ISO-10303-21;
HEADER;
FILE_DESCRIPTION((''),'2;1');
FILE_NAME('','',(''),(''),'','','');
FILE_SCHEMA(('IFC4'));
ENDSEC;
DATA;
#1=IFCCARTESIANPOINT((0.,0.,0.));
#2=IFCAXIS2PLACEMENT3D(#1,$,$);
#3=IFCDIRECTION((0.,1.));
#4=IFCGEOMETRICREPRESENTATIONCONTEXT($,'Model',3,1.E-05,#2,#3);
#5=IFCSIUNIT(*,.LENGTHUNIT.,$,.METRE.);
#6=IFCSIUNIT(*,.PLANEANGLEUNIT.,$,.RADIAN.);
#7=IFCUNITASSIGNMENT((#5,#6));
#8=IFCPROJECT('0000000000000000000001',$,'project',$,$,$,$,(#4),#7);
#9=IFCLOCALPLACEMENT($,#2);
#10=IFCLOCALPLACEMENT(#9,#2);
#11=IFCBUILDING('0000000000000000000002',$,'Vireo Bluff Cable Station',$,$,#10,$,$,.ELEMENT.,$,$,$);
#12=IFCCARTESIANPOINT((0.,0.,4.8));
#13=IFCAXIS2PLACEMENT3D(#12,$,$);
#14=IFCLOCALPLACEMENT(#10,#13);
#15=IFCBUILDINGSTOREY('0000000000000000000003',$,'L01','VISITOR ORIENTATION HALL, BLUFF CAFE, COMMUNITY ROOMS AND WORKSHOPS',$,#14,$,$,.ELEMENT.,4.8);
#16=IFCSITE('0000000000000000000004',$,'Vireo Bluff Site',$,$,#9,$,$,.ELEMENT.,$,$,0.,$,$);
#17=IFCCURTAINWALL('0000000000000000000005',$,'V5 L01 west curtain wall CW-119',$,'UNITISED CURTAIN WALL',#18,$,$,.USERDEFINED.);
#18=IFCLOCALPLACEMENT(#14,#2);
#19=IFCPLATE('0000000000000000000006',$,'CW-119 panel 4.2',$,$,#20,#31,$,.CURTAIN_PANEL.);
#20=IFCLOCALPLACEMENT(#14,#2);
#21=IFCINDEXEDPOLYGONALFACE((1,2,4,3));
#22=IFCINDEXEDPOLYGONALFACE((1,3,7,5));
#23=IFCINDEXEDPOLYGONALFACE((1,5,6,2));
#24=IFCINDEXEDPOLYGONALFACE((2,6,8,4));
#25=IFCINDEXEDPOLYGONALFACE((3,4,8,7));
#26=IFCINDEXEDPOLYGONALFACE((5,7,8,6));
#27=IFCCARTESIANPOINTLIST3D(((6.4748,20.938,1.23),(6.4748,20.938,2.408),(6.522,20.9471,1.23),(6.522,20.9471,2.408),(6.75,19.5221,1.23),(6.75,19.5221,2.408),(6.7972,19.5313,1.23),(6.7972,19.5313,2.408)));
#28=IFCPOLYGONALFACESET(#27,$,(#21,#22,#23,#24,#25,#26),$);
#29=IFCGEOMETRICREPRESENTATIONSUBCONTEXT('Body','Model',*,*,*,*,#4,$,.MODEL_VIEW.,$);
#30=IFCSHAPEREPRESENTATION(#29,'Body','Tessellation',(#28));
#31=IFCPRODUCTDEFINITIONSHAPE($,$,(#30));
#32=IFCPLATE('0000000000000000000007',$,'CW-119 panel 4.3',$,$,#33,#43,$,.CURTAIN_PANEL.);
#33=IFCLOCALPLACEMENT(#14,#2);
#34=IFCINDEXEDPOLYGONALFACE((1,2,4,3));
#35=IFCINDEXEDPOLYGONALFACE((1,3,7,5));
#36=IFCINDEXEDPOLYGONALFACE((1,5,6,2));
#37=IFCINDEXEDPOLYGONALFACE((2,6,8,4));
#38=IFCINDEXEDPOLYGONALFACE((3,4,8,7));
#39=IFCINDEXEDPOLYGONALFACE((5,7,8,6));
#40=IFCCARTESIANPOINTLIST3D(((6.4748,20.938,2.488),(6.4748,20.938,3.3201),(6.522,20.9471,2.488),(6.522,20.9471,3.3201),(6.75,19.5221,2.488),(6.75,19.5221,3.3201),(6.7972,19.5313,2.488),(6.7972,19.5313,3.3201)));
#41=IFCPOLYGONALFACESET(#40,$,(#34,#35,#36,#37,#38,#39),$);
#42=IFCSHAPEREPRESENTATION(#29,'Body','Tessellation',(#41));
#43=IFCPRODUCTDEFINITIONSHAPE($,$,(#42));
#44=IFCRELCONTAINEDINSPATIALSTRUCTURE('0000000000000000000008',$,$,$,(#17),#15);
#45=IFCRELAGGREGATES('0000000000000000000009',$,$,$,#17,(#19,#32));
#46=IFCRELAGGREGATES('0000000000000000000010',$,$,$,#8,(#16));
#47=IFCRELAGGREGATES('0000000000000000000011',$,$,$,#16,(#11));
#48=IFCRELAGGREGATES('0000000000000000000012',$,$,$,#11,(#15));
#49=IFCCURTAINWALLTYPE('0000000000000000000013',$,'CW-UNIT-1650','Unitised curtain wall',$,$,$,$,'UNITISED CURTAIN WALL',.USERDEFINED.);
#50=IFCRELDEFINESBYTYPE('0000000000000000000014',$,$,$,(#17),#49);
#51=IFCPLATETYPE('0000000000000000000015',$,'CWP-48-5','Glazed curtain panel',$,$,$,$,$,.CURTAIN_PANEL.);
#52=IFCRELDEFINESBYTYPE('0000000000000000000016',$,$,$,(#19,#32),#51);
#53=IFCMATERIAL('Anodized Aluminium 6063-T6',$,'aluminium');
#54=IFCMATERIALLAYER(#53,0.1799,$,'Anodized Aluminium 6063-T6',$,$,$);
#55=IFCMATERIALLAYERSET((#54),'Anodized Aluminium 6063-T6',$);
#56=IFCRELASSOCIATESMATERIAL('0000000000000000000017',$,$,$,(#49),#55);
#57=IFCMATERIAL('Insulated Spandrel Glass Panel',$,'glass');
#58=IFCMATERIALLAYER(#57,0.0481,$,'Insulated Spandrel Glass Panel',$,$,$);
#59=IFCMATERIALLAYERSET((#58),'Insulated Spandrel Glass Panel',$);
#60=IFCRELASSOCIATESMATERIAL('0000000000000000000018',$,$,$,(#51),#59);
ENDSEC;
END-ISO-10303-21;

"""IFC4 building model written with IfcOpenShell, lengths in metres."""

from ifc_helpers import new_model, si_unit, direction, frame, origin, origin_2d, place, context, subcontext, project, spatial, rectangle, extrude, material, layer, layer_set, type_object, element, aggregate, save


model = new_model("IFC4")

# Units and contexts
model_context = context("Model", 3, precision=1e-05, world=origin(), true_north=direction((0.0, 1.0)))
body_context = subcontext(model_context, "Body", "Model", "MODEL_VIEW")
ifc_project = project(units=[si_unit("LENGTHUNIT", "METRE"), si_unit("PLANEANGLEUNIT", "RADIAN")], contexts=[model_context])

# Site, building, storey
site_placement = place(None, origin())
site = spatial("IfcSite", under=ifc_project, at=site_placement, Name="Vireo Bluff Site", CompositionType="ELEMENT", RefElevation=0.0)
building_placement = place(site_placement, origin())
building = spatial("IfcBuilding", under=site, at=building_placement, Name="Vireo Bluff Cable Station", CompositionType="ELEMENT")
storey_placement = place(building_placement, frame((0.0, 0.0, 4.8)))
storey = spatial("IfcBuildingStorey", under=building, at=storey_placement, Name="L01", Description="VISITOR ORIENTATION HALL, BLUFF CAFE, COMMUNITY ROOMS AND WORKSHOPS", CompositionType="ELEMENT", Elevation=4.8)

# Curtain wall
ifc_material_1 = material(Name="Anodized Aluminium 6063-T6", Category="aluminium")
ifc_layer_1 = layer(ifc_material_1, 0.1799, Name="Anodized Aluminium 6063-T6")
ifc_layer_set_1 = layer_set([ifc_layer_1], Name="Anodized Aluminium 6063-T6")
curtain_wall_type = type_object("IfcCurtainWallType", Name="CW-UNIT-1650", Description="Unitised curtain wall", ElementType="UNITISED CURTAIN WALL", PredefinedType="USERDEFINED", material=ifc_layer_set_1)
curtain_wall_placement = place(storey_placement, origin())
curtain_wall = element("IfcCurtainWall", 1, at=curtain_wall_placement, inside=storey, type_object=curtain_wall_type, Name="V5 L01 west curtain wall CW-119", ObjectType="UNITISED CURTAIN WALL", PredefinedType="USERDEFINED")

# Plates
ifc_material_2 = material(Name="Insulated Spandrel Glass Panel", Category="glass")
ifc_layer_2 = layer(ifc_material_2, 0.0481, Name="Insulated Spandrel Glass Panel")
ifc_layer_set_2 = layer_set([ifc_layer_2], Name="Insulated Spandrel Glass Panel")
plate_type = type_object("IfcPlateType", Name="CWP-48-5", Description="Glazed curtain panel", PredefinedType="CURTAIN_PANEL", material=ifc_layer_set_2)
plate_1_placement = place(storey_placement, frame((6.636, 20.2346, 1.23), z_axis=(0.0, 0.0, 1.0), x_axis=(-0.190809, 0.981627, 0.0)))
plate_1 = element("IfcPlate", 2, at=plate_1_placement, type_object=plate_type, Name="CW-119 panel 4.2", PredefinedType="CURTAIN_PANEL", context=body_context, shape_type="SweptSolid", body=[
    extrude(rectangle(XDim=1.4424, YDim=0.0481, at=origin_2d()), origin(), (0.0, 0.0, 1.0), 1.178),
])
plate_2_placement = place(storey_placement, frame((6.636, 20.2346, 2.488), z_axis=(0.0, 0.0, 1.0), x_axis=(-0.190809, 0.981627, 0.0)))
plate_2 = element("IfcPlate", 3, at=plate_2_placement, type_object=plate_type, Name="CW-119 panel 4.3", PredefinedType="CURTAIN_PANEL", context=body_context, shape_type="SweptSolid", body=[
    extrude(rectangle(XDim=1.4424, YDim=0.0481, at=origin_2d()), origin(), (0.0, 0.0, 1.0), 0.832),
])
aggregate(curtain_wall, [plate_1, plate_2])

save(model, "model.ifc")
